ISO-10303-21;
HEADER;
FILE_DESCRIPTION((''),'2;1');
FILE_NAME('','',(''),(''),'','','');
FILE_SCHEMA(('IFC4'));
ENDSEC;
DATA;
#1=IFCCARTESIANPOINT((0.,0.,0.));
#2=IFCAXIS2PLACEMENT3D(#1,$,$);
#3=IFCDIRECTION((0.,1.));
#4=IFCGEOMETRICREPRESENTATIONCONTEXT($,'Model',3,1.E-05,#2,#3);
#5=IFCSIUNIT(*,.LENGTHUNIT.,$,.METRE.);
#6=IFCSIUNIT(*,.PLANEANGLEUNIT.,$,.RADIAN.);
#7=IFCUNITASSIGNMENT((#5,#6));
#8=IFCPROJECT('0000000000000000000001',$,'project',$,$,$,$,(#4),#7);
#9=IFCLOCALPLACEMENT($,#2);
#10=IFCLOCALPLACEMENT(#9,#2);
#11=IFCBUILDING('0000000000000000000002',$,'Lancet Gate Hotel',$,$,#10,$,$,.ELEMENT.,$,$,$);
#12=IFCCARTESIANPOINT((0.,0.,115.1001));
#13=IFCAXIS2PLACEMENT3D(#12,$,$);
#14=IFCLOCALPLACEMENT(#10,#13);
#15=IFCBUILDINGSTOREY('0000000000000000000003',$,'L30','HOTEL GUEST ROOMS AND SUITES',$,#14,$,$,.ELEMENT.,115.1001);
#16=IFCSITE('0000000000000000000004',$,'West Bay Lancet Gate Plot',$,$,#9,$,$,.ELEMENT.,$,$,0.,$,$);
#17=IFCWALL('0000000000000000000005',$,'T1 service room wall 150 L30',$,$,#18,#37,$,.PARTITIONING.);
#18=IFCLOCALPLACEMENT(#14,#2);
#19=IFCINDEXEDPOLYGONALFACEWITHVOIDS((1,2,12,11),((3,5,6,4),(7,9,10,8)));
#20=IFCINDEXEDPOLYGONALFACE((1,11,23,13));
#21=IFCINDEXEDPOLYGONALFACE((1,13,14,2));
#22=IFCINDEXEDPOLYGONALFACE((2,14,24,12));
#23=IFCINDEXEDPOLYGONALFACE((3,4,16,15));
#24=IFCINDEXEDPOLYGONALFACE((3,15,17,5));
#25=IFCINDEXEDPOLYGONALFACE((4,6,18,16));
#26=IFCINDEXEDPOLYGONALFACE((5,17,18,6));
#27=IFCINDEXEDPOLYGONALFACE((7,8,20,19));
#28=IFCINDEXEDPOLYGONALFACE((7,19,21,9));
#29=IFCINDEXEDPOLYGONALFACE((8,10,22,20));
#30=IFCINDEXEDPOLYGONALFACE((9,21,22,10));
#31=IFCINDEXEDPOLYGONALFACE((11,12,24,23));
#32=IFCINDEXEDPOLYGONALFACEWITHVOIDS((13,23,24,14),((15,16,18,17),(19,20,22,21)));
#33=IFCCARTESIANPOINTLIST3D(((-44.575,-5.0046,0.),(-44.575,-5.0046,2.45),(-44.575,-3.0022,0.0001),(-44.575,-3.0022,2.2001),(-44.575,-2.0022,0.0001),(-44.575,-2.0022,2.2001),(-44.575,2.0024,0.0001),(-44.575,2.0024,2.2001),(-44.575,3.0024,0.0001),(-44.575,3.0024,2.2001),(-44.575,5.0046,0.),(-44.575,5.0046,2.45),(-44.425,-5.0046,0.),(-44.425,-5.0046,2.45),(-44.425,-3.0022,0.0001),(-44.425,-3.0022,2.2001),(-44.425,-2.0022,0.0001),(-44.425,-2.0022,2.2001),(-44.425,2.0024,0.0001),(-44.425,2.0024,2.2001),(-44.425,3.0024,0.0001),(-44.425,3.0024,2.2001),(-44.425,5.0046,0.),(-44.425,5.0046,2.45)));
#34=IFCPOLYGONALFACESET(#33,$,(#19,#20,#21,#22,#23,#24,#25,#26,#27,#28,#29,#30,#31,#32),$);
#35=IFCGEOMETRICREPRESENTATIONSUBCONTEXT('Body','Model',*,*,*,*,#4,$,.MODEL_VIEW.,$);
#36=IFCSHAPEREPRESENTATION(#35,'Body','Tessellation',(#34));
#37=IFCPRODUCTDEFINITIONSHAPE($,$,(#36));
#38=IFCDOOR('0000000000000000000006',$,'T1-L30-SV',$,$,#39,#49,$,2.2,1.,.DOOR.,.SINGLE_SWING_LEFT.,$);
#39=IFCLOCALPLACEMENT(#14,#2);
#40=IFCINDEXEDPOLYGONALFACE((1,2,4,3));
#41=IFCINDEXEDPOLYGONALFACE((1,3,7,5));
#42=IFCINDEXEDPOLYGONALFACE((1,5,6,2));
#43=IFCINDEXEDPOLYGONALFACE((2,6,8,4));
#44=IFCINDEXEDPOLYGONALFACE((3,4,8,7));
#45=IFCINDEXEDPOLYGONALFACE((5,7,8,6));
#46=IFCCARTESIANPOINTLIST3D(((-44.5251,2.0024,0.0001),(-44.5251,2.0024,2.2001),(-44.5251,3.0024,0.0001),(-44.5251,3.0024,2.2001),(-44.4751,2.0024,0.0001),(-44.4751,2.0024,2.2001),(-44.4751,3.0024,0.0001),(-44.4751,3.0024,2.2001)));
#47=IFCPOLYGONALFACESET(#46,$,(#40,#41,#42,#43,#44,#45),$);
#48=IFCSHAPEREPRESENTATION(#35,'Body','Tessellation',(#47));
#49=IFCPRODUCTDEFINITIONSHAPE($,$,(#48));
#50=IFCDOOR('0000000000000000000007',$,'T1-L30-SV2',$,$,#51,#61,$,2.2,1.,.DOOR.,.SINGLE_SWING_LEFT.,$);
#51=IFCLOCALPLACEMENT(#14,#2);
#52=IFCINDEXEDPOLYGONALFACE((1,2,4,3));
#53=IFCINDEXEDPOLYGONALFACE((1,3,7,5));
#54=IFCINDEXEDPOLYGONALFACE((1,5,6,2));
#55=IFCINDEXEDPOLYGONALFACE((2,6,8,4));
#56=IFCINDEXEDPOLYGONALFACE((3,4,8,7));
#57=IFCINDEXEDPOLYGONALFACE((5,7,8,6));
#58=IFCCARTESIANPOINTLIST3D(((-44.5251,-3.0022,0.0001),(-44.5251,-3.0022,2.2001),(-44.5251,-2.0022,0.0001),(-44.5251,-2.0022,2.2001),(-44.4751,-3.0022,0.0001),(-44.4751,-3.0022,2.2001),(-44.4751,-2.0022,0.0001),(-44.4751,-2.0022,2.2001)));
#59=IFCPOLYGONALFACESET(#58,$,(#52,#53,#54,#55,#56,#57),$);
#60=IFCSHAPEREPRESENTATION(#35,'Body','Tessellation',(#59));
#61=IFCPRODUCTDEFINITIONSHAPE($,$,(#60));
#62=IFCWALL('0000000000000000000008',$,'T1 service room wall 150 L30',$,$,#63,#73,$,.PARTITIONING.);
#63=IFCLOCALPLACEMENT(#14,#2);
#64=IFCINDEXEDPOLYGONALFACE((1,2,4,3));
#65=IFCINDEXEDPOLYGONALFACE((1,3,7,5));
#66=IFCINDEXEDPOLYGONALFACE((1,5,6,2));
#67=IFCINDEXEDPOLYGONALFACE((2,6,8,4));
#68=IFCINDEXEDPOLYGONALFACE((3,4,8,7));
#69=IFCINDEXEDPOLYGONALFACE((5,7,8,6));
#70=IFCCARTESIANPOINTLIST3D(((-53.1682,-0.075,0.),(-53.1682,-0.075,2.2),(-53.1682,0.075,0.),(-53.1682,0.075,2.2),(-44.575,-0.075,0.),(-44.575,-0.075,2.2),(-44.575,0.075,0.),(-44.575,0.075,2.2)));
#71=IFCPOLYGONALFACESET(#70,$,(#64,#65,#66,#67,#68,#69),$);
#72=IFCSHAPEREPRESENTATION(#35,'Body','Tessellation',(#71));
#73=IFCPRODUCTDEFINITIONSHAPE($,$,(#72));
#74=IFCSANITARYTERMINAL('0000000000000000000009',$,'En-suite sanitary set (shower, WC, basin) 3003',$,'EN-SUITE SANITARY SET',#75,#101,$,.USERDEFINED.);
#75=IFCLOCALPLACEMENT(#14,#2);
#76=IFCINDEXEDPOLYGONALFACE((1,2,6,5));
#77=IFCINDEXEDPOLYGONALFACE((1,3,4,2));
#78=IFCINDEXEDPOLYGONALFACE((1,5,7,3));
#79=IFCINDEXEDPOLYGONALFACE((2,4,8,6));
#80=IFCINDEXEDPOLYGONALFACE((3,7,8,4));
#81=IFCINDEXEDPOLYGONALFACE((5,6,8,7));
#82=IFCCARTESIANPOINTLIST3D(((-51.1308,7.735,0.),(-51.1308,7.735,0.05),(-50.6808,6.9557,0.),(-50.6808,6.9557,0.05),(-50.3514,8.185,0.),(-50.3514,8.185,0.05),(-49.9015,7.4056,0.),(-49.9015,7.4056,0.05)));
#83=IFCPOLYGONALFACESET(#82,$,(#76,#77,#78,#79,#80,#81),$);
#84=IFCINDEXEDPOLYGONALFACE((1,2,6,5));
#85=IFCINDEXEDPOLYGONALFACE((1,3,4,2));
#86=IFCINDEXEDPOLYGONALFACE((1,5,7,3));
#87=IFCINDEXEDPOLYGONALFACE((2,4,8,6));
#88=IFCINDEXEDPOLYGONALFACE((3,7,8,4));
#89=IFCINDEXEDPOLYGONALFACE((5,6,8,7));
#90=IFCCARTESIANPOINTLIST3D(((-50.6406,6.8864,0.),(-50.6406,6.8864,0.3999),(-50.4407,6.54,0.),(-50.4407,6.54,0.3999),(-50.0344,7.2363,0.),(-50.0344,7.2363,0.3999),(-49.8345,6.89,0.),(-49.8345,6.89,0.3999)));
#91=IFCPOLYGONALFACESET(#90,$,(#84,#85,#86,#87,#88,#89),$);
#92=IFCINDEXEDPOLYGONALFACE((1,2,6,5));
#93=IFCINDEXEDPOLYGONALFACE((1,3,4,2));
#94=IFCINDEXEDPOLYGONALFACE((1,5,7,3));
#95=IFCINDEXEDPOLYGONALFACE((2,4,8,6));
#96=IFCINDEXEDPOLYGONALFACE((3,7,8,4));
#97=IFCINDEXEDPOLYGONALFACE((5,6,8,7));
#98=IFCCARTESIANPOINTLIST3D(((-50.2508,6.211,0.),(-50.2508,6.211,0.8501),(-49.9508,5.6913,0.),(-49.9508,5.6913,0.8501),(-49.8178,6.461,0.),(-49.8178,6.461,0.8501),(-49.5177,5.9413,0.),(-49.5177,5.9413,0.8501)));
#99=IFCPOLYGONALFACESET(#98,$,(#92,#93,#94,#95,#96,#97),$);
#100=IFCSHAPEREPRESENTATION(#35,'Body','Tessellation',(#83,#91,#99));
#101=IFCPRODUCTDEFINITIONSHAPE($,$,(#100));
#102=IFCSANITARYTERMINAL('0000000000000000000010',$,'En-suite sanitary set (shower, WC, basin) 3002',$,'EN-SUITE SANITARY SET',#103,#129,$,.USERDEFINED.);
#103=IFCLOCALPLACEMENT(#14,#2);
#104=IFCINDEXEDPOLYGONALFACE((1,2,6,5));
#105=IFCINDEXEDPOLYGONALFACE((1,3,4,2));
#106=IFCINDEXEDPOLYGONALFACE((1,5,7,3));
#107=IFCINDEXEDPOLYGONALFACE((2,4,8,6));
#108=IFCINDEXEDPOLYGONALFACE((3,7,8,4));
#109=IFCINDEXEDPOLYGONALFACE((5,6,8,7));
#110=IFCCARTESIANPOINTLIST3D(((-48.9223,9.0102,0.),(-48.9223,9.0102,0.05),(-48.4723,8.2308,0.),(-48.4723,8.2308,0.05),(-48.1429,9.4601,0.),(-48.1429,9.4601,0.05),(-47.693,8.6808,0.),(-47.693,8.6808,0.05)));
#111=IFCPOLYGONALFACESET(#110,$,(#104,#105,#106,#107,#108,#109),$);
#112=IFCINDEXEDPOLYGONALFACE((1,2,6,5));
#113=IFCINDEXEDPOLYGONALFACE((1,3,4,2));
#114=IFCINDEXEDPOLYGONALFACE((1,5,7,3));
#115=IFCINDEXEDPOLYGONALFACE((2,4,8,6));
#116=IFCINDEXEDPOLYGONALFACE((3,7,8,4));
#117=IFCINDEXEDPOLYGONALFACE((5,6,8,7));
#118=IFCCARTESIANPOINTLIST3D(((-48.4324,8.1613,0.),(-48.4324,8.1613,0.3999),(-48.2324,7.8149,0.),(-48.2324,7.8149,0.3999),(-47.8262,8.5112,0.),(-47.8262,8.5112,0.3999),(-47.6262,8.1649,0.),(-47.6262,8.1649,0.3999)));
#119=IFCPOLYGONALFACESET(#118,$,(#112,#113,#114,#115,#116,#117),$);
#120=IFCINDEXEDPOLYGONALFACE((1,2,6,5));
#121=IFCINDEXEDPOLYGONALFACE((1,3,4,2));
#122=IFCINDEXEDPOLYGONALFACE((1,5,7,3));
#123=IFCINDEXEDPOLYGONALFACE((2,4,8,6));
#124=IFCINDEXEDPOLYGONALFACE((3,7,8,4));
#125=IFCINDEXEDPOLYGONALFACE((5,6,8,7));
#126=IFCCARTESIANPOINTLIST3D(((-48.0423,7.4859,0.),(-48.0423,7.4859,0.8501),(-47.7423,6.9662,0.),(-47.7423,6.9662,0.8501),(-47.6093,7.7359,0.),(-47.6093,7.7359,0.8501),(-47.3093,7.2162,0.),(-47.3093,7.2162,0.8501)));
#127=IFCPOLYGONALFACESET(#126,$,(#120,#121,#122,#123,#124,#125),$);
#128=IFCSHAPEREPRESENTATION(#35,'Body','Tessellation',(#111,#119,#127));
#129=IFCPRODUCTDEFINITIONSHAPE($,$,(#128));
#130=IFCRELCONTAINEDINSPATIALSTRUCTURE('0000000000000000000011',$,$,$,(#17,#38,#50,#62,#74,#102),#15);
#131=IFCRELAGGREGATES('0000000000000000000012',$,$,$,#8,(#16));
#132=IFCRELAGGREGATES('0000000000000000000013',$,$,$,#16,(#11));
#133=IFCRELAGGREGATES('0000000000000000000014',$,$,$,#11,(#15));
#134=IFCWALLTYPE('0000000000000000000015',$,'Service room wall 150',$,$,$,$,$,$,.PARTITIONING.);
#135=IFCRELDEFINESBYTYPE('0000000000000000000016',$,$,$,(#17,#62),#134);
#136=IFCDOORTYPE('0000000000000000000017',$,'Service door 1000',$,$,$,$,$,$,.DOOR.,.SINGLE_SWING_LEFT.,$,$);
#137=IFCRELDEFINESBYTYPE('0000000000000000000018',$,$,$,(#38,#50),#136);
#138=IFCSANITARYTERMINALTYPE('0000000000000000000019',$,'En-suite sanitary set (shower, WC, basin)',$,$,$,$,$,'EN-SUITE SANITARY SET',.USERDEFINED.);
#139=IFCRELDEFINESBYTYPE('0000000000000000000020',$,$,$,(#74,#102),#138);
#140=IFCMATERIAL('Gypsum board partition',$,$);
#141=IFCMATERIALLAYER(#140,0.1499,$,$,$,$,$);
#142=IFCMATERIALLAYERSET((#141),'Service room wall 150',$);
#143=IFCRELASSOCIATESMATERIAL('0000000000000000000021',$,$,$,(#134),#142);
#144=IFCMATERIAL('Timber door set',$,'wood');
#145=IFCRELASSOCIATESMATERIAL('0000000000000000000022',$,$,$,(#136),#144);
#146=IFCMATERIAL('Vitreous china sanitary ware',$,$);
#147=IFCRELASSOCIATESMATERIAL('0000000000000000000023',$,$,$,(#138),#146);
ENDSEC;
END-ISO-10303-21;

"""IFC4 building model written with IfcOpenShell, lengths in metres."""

from ifc_helpers import new_model, si_unit, direction, frame, frame_2d, origin, origin_2d, place, context, subcontext, project, spatial, rectangle, extrude, material, layer, layer_set, type_object, element, fill, save


model = new_model("IFC4")

# Units and contexts
model_context = context("Model", 3, precision=1e-05, world=origin(), true_north=direction((0.0, 1.0)))
body_context = subcontext(model_context, "Body", "Model", "MODEL_VIEW")
ifc_project = project(units=[si_unit("LENGTHUNIT", "METRE"), si_unit("PLANEANGLEUNIT", "RADIAN")], contexts=[model_context])

# Site, building, storey
site_placement = place(None, origin())
site = spatial("IfcSite", under=ifc_project, at=site_placement, Name="West Bay Lancet Gate Plot", CompositionType="ELEMENT", RefElevation=0.0)
building_placement = place(site_placement, origin())
building = spatial("IfcBuilding", under=site, at=building_placement, Name="Lancet Gate Hotel", CompositionType="ELEMENT")
storey_placement = place(building_placement, frame((0.0, 0.0, 115.1001)))
storey = spatial("IfcBuildingStorey", under=building, at=storey_placement, Name="L30", Description="HOTEL GUEST ROOMS AND SUITES", CompositionType="ELEMENT", Elevation=115.1001)

# Shared definitions
ifc_material_1 = material(Name="Gypsum board partition")
ifc_layer_1 = layer(ifc_material_1, 0.1499)
ifc_layer_set_1 = layer_set([ifc_layer_1], Name="Service room wall 150")
wall_type_1 = type_object("IfcWallType", Name="Service room wall 150", PredefinedType="PARTITIONING", material=ifc_layer_set_1)

# Wall, openings, doors
wall_1_placement = place(storey_placement, frame((-44.5, 5.0046, 0.0), z_axis=(0.0, 0.0, 1.0), x_axis=(0.0, -1.0, 0.0)))
wall_1 = element("IfcWall", 1, at=wall_1_placement, inside=storey, type_object=wall_type_1, Name="T1 service room wall 150 L30", PredefinedType="PARTITIONING", context=body_context, shape_type="SweptSolid", body=[
    extrude(rectangle(XDim=10.0093, YDim=0.1499, at=frame_2d((5.0046, 0.0))), origin(), (0.0, 0.0, 1.0), 2.45),
])
opening_1_placement = place(wall_1_placement, frame((2.0022, 0.0, 0.0)))
opening_1 = element("IfcOpeningElement", 2, at=opening_1_placement, cuts=wall_1, PredefinedType="OPENING", context=body_context, shape_type="SweptSolid", body=[
    extrude(rectangle(XDim=1.0, YDim=2.2, at=frame_2d((0.5, 1.1001))), frame((0.0, 0.085, 0.0), z_axis=(0.0, -1.0, 0.0), x_axis=(1.0, 0.0, 0.0)), (0.0, 0.0, 1.0), 0.1699),
])
opening_2_placement = place(wall_1_placement, frame((7.0068, 0.0, 0.0)))
opening_2 = element("IfcOpeningElement", 3, at=opening_2_placement, cuts=wall_1, PredefinedType="OPENING", context=body_context, shape_type="SweptSolid", body=[
    extrude(rectangle(XDim=1.0, YDim=2.2, at=frame_2d((0.5, 1.1001))), frame((0.0, 0.085, 0.0), z_axis=(0.0, -1.0, 0.0), x_axis=(1.0, 0.0, 0.0)), (0.0, 0.0, 1.0), 0.1699),
])
ifc_material_2 = material(Name="Timber door set", Category="wood")
door_type_1 = type_object("IfcDoorType", Name="Service door 1000", OperationType="SINGLE_SWING_LEFT", PredefinedType="DOOR", material=ifc_material_2)
door_1_placement = place(opening_1_placement, origin())
door_1 = element("IfcDoor", 4, at=door_1_placement, inside=storey, type_object=door_type_1, Name="T1-L30-SV", OperationType="SINGLE_SWING_LEFT", OverallHeight=2.2, OverallWidth=1.0, PredefinedType="DOOR", context=body_context, shape_type="SweptSolid", body=[
    extrude(rectangle(XDim=1.0, YDim=2.2, at=frame_2d((0.5, 1.1001))), frame((0.0, 0.0249, 0.0), z_axis=(0.0, -1.0, 0.0), x_axis=(1.0, 0.0, 0.0)), (0.0, 0.0, 1.0), 0.05),
])
fill(opening_1, door_1)
door_2_placement = place(opening_2_placement, origin())
door_2 = element("IfcDoor", 5, at=door_2_placement, inside=storey, type_object=door_type_1, Name="T1-L30-SV2", OperationType="SINGLE_SWING_LEFT", OverallHeight=2.2, OverallWidth=1.0, PredefinedType="DOOR", context=body_context, shape_type="SweptSolid", body=[
    extrude(rectangle(XDim=1.0, YDim=2.2, at=frame_2d((0.5, 1.1001))), frame((0.0, 0.0249, 0.0), z_axis=(0.0, -1.0, 0.0), x_axis=(1.0, 0.0, 0.0)), (0.0, 0.0, 1.0), 0.05),
])
fill(opening_2, door_2)

# Wall
wall_2_placement = place(storey_placement, frame((-44.575, 0.0, 0.0), z_axis=(0.0, 0.0, 1.0), x_axis=(-1.0, 0.0, 0.0)))
element("IfcWall", 6, at=wall_2_placement, inside=storey, type_object=wall_type_1, Name="T1 service room wall 150 L30", PredefinedType="PARTITIONING", context=body_context, shape_type="SweptSolid", body=[
    extrude(rectangle(XDim=8.5933, YDim=0.1499, at=frame_2d((4.2966, 0.0))), origin(), (0.0, 0.0, 1.0), 2.2),
])

# Sanitary terminals
ifc_material_3 = material(Name="Vitreous china sanitary ware")
sanitary_terminal_type = type_object("IfcSanitaryTerminalType", Name="En-suite sanitary set (shower, WC, basin)", ElementType="EN-SUITE SANITARY SET", PredefinedType="USERDEFINED", material=ifc_material_3)
sanitary_terminal_1_placement = place(storey_placement, frame((-50.5161, 7.5703, 0.0), z_axis=(0.0, 0.0, 1.0), x_axis=(1.0, 0.0, 0.0)))
element("IfcSanitaryTerminal", 7, at=sanitary_terminal_1_placement, inside=storey, type_object=sanitary_terminal_type, Name="En-suite sanitary set (shower, WC, basin) 3003", ObjectType="EN-SUITE SANITARY SET", PredefinedType="USERDEFINED", context=body_context, shape_type="SweptSolid", body=[
    extrude(rectangle(XDim=0.8999, YDim=0.8999, at=origin_2d()), frame((0.0, 0.0, 0.0), z_axis=(0.0, 0.0, 1.0), x_axis=(-0.5, 0.866025, 0.0)), (0.0, 0.0, 1.0), 0.05),
    extrude(rectangle(XDim=0.3999, YDim=0.7, at=origin_2d()), frame((0.2786, -0.6821, 0.0), z_axis=(0.0, 0.0, 1.0), x_axis=(-0.5, 0.866025, 0.0)), (0.0, 0.0, 1.0), 0.3999),
    extrude(rectangle(XDim=0.6001, YDim=0.5, at=origin_2d()), frame((0.6318, -1.4941, 0.0), z_axis=(0.0, 0.0, 1.0), x_axis=(-0.5, 0.866025, 0.0)), (0.0, 0.0, 1.0), 0.8501),
])
sanitary_terminal_2_placement = place(storey_placement, frame((-48.3076, 8.8455, 0.0), z_axis=(0.0, 0.0, 1.0), x_axis=(1.0, 0.0, 0.0)))
element("IfcSanitaryTerminal", 8, at=sanitary_terminal_2_placement, inside=storey, type_object=sanitary_terminal_type, Name="En-suite sanitary set (shower, WC, basin) 3002", ObjectType="EN-SUITE SANITARY SET", PredefinedType="USERDEFINED", context=body_context, shape_type="SweptSolid", body=[
    extrude(rectangle(XDim=0.8999, YDim=0.8999, at=origin_2d()), frame((0.0, 0.0, 0.0), z_axis=(0.0, 0.0, 1.0), x_axis=(-0.5, 0.866025, 0.0)), (0.0, 0.0, 1.0), 0.05),
    extrude(rectangle(XDim=0.3999, YDim=0.7, at=origin_2d()), frame((0.2783, -0.6824, 0.0), z_axis=(0.0, 0.0, 1.0), x_axis=(-0.5, 0.866025, 0.0)), (0.0, 0.0, 1.0), 0.3999),
    extrude(rectangle(XDim=0.6001, YDim=0.5, at=origin_2d()), frame((0.6318, -1.4944, 0.0), z_axis=(0.0, 0.0, 1.0), x_axis=(-0.5, 0.866025, 0.0)), (0.0, 0.0, 1.0), 0.8501),
])

save(model, "model.ifc")
